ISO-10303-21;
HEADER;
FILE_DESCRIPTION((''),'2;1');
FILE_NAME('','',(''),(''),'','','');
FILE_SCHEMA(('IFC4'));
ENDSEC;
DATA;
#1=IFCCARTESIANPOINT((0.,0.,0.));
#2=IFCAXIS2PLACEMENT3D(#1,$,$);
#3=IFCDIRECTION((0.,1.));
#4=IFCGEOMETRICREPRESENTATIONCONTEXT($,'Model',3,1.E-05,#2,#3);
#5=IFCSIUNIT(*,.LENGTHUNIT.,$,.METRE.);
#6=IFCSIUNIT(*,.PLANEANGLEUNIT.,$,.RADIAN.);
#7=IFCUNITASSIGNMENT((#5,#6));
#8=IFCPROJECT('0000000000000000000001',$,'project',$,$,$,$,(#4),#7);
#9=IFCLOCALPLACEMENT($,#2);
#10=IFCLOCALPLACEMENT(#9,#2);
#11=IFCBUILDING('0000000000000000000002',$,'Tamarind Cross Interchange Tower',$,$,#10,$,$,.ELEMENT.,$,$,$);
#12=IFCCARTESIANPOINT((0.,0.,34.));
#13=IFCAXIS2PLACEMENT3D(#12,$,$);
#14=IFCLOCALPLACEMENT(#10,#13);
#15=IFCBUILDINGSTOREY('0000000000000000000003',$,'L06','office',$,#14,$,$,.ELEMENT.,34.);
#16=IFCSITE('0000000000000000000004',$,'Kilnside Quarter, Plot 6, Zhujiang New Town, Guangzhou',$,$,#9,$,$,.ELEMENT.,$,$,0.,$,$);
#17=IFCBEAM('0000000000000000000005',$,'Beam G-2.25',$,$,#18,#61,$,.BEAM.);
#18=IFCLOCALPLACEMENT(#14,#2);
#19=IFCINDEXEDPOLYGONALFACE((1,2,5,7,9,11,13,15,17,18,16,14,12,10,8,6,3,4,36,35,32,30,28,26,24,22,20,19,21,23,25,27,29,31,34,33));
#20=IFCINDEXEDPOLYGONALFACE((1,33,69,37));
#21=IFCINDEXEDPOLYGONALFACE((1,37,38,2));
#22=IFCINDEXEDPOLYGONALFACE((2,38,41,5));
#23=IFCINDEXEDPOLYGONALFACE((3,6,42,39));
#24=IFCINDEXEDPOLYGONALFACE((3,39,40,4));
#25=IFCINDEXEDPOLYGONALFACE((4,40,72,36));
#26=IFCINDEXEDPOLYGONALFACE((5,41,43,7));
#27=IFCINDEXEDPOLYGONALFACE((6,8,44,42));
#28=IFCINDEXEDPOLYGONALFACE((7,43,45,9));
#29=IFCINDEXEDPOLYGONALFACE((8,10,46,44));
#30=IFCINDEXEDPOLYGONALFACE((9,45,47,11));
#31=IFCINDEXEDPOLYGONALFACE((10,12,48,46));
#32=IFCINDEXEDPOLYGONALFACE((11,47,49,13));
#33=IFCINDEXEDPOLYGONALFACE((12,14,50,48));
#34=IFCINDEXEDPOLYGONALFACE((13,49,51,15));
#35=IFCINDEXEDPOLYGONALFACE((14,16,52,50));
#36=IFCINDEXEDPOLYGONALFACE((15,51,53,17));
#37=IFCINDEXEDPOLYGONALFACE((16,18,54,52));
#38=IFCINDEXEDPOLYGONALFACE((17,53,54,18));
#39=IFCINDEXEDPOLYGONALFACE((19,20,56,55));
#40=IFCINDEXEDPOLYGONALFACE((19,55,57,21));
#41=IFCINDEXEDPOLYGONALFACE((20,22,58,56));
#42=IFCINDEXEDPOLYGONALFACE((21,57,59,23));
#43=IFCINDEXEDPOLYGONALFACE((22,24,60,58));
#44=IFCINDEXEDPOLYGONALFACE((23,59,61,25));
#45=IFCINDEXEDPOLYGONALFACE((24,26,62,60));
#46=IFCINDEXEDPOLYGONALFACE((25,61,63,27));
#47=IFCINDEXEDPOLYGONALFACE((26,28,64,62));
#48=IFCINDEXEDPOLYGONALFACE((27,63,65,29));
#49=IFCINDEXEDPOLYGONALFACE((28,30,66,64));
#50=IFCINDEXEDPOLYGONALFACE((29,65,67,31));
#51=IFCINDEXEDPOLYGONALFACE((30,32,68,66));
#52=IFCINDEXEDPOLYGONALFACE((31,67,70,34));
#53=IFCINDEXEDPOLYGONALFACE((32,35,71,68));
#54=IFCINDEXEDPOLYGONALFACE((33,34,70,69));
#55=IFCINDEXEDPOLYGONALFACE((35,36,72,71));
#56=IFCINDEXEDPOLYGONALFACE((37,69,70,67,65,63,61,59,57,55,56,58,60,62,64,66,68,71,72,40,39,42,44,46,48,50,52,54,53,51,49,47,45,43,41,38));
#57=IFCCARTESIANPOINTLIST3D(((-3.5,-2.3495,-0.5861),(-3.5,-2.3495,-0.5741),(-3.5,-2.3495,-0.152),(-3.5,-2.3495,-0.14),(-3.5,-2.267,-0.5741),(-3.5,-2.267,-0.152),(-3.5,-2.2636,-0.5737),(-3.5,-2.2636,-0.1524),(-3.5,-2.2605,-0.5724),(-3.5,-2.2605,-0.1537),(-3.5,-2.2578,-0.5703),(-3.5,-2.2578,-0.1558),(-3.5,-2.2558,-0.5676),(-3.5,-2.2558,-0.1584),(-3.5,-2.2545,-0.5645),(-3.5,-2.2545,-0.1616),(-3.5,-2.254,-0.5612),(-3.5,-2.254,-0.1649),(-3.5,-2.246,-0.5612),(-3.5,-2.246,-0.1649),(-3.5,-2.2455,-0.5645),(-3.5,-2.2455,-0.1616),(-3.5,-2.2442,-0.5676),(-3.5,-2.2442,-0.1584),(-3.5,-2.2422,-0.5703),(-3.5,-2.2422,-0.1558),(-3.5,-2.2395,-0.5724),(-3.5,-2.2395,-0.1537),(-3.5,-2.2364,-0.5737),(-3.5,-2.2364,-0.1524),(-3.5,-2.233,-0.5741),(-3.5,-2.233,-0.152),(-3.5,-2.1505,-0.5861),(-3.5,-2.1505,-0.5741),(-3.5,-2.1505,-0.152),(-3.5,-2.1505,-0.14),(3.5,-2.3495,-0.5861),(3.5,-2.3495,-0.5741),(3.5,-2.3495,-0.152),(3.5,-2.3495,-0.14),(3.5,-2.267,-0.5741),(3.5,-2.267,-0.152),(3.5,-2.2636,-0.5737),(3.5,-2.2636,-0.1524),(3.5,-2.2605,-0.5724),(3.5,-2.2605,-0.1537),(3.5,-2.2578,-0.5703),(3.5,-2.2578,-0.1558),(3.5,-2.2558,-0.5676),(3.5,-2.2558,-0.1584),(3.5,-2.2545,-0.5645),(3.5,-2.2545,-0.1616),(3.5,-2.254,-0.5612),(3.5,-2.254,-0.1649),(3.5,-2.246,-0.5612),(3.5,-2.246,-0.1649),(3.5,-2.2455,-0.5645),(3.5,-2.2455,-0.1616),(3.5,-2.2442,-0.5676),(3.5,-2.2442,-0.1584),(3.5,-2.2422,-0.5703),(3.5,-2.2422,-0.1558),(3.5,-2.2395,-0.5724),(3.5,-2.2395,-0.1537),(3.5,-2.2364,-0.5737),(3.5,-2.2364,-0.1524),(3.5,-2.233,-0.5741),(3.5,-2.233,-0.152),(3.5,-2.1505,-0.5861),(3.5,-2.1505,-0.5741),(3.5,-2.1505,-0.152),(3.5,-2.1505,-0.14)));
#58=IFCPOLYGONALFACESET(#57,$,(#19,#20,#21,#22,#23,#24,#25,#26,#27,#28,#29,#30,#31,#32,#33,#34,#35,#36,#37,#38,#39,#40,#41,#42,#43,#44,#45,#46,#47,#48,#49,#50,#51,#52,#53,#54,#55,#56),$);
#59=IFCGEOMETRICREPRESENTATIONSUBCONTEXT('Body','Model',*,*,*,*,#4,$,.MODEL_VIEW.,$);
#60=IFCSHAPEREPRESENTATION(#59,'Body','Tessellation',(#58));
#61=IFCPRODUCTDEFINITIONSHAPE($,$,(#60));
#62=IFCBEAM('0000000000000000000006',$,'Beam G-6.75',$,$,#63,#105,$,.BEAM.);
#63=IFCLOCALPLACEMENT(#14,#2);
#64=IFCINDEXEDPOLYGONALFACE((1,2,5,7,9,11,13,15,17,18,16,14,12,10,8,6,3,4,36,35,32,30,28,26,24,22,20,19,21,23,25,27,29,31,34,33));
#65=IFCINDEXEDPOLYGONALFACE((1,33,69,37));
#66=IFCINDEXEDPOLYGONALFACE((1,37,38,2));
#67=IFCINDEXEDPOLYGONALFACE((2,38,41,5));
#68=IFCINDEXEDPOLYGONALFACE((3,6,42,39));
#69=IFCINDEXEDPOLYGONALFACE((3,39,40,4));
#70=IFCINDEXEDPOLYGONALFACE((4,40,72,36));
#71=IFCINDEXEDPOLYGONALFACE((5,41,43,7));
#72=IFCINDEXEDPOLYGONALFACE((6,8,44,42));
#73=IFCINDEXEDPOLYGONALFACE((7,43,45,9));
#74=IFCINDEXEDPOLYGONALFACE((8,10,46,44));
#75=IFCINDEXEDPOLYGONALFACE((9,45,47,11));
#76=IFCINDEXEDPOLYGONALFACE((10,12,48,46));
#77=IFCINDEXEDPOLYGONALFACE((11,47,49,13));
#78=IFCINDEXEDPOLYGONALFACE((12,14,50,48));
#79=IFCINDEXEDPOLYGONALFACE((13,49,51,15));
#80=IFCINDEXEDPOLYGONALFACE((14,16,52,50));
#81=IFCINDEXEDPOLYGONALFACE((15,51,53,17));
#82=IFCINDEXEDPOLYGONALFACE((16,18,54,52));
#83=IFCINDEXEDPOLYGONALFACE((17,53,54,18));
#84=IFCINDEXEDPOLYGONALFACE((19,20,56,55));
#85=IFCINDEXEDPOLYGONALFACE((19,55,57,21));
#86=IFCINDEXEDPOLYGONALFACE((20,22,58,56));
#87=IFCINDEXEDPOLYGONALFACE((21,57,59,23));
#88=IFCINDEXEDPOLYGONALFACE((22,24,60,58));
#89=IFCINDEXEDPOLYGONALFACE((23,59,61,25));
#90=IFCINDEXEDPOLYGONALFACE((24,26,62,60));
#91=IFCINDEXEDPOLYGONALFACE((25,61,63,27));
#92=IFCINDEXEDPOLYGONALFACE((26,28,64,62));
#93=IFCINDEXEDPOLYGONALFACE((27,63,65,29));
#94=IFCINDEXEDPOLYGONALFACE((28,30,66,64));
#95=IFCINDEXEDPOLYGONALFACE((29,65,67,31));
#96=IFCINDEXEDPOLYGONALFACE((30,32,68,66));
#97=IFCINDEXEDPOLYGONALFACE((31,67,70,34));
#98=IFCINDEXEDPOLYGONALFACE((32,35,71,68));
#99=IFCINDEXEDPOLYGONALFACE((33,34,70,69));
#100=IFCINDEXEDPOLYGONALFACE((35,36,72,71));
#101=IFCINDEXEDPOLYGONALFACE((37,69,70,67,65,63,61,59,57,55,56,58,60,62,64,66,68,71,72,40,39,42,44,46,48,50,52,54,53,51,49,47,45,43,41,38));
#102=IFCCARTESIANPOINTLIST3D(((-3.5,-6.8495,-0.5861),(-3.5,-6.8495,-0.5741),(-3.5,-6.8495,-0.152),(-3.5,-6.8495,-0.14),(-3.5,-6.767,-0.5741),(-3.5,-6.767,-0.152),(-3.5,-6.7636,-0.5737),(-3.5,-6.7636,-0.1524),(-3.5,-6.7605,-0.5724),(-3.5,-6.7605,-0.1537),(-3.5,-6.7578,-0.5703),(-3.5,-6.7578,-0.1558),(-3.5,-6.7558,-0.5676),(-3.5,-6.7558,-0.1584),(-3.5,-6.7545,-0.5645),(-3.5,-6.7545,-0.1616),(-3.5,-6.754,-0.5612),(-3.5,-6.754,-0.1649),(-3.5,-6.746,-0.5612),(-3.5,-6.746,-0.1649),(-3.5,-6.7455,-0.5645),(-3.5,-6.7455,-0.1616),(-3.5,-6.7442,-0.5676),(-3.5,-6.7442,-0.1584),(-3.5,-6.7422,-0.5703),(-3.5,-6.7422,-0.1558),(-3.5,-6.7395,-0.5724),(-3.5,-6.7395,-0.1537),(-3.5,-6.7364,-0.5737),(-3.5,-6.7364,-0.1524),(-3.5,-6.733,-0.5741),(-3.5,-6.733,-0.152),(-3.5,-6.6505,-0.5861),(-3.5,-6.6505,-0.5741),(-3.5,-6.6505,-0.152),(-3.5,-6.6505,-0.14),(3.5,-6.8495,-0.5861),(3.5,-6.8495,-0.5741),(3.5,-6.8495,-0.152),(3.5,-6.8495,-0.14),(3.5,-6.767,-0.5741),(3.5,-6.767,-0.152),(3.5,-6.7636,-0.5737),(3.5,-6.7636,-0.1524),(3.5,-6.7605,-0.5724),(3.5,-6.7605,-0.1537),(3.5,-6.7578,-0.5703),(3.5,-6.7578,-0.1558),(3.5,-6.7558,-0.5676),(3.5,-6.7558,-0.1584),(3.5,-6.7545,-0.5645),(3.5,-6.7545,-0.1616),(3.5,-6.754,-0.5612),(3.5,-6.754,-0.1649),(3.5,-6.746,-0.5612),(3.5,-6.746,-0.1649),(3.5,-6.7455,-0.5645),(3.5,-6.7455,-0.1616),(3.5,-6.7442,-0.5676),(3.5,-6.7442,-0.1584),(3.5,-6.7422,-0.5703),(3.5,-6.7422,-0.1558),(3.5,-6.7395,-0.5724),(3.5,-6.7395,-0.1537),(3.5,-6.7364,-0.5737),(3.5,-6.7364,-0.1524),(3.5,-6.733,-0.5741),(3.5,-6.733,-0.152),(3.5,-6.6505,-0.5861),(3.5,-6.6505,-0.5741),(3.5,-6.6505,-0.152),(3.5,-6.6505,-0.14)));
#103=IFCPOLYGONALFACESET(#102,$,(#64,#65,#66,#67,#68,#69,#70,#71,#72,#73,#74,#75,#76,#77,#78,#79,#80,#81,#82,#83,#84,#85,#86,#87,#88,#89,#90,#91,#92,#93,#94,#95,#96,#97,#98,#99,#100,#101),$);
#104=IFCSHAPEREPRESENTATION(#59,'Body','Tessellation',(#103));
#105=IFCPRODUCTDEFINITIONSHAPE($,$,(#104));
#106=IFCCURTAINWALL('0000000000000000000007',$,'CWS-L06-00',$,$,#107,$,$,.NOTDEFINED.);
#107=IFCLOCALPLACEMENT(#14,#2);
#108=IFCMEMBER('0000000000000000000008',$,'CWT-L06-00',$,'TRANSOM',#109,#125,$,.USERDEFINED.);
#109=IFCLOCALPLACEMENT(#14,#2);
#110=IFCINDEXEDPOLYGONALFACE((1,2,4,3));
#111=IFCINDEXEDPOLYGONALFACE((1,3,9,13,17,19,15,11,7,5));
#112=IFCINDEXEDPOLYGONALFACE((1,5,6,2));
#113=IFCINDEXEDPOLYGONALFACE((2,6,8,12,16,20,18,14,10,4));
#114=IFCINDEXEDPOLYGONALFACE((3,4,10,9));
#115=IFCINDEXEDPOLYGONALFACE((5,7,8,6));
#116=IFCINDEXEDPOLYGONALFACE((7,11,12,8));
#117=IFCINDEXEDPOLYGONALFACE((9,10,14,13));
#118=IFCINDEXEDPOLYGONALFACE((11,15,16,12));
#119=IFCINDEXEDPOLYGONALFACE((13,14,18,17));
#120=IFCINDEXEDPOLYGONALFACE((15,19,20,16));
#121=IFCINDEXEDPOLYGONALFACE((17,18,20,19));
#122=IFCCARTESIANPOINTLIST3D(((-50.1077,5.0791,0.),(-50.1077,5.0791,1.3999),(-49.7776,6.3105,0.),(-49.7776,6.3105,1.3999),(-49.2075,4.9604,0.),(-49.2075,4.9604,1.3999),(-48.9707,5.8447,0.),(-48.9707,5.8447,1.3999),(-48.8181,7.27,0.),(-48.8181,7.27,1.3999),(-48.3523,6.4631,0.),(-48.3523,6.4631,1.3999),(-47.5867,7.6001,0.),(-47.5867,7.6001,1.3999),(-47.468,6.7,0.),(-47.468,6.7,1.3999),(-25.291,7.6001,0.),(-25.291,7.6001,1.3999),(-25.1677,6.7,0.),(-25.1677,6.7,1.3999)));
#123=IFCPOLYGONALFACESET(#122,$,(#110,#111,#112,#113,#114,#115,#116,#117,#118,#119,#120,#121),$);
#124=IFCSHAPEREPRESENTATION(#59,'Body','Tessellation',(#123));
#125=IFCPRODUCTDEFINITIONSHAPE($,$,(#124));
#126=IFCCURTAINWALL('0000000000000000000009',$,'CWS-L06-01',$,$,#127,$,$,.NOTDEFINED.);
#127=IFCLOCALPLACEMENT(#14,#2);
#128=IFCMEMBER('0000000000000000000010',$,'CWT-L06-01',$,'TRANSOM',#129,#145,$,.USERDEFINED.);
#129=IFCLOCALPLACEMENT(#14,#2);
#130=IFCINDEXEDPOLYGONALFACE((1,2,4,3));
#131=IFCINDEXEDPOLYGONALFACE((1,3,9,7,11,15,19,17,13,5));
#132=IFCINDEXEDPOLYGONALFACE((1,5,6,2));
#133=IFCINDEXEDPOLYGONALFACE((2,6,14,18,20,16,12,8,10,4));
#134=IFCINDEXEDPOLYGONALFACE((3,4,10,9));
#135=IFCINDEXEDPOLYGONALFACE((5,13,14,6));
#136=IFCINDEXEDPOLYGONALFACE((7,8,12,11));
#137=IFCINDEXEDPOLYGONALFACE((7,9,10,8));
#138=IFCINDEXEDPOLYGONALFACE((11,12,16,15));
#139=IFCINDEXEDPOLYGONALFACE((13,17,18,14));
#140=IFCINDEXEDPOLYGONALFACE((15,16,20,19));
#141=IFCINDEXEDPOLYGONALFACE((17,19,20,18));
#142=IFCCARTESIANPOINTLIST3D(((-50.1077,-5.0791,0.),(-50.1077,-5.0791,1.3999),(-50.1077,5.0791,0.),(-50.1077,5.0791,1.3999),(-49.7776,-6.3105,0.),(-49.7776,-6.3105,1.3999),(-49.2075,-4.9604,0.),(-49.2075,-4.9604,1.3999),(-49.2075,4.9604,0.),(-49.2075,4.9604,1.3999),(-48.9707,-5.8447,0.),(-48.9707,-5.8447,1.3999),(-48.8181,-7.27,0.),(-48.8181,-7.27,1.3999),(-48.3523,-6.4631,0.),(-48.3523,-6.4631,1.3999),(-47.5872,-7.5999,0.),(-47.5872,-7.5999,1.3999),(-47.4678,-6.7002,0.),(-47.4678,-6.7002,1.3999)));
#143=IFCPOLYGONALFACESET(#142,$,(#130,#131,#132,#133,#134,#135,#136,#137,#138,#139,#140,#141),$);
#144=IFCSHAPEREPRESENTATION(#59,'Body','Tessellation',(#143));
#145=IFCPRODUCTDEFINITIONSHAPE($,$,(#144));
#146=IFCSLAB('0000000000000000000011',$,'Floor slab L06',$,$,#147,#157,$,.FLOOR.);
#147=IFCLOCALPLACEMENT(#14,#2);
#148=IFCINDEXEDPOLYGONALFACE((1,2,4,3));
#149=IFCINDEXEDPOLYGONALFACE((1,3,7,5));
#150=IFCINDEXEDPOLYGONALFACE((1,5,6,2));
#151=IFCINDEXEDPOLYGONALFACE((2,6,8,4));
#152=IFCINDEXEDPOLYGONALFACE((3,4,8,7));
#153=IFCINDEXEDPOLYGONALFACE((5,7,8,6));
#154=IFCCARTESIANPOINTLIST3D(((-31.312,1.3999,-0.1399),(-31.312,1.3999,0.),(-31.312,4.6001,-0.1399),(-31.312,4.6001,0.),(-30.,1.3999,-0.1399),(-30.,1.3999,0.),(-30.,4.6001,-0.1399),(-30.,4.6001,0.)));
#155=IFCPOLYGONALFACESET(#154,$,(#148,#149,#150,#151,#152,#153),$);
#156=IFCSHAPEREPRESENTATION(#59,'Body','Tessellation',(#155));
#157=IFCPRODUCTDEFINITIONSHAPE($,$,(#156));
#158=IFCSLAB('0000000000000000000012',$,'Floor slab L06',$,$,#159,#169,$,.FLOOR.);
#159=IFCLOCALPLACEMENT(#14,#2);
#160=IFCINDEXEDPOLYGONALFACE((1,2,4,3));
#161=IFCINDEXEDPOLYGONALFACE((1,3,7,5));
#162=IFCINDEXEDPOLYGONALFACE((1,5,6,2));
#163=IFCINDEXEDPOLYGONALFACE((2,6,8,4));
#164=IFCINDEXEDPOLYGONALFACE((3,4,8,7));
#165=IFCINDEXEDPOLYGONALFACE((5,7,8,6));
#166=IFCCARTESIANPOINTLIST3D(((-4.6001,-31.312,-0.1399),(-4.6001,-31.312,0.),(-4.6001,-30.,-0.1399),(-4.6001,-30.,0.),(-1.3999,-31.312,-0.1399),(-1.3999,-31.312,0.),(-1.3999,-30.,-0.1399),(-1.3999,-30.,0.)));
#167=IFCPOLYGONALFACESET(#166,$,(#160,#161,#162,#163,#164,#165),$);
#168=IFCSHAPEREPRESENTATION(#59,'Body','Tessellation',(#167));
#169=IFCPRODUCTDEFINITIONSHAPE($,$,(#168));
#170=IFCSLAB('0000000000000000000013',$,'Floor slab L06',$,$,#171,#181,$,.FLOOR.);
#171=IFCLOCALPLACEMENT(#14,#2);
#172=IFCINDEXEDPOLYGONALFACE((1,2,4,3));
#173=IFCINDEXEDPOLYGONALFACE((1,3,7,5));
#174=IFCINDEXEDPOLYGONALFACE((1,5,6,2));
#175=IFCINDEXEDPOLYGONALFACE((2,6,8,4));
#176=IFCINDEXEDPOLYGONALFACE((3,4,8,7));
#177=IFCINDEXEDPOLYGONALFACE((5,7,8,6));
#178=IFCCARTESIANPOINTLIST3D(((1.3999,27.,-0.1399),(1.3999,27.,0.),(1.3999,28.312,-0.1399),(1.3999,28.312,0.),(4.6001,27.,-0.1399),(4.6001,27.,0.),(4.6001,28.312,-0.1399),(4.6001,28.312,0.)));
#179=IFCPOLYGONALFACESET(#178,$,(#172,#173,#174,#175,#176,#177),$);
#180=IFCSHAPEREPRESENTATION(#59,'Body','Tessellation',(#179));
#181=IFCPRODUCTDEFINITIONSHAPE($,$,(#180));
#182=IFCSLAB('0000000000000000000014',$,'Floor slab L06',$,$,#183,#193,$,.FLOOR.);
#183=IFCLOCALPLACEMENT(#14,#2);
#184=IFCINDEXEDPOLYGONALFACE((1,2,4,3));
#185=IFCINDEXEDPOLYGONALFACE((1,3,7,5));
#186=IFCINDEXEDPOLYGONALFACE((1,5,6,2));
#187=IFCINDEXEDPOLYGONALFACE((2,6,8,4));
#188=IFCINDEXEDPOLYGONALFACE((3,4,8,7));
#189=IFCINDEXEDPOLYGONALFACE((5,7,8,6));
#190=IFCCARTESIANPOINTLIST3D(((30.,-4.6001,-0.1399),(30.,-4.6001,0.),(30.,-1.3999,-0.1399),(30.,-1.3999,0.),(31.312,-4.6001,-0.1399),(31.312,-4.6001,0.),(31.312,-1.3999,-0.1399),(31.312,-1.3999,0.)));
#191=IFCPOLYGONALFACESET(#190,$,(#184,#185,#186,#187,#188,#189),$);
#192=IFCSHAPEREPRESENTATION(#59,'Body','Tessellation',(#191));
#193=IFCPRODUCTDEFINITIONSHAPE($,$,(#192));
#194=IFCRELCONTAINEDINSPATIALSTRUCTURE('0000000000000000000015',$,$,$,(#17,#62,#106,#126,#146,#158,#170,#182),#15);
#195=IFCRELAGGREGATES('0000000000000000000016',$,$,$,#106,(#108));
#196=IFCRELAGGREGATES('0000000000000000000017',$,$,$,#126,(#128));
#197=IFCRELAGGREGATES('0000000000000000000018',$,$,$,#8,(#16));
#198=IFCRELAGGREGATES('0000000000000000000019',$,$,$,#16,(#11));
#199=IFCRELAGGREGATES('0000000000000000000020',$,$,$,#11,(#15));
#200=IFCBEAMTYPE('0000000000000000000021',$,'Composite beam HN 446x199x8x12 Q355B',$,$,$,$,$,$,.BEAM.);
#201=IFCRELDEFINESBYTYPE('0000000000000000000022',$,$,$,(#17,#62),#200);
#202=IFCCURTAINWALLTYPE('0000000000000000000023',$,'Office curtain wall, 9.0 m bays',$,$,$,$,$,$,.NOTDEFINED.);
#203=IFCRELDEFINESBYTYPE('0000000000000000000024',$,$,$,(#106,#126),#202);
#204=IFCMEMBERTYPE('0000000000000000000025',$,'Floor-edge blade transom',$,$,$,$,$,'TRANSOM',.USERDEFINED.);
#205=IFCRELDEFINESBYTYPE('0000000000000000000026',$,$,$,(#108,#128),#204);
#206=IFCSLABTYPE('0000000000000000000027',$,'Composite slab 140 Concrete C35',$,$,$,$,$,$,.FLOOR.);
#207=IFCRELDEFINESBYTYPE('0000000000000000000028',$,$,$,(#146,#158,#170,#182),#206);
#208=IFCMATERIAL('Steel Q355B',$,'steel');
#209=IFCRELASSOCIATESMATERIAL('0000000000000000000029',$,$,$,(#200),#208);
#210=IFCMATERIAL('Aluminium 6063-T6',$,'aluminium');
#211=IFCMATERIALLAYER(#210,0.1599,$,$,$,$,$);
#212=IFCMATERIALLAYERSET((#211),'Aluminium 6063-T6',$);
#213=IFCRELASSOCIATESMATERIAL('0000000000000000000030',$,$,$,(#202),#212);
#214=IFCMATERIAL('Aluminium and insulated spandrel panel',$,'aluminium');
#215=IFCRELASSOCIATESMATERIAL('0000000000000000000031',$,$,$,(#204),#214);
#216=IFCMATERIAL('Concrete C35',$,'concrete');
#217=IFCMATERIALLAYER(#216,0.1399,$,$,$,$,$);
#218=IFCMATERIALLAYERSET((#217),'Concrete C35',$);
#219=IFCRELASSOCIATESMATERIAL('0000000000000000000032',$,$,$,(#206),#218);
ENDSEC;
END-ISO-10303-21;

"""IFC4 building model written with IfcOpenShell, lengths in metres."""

from ifc_helpers import new_model, si_unit, direction, frame, origin, origin_2d, place, context, subcontext, project, spatial, polyline, i_section, outline, extrude, material, layer, layer_set, material_profile, profile_set, type_object, element, aggregate, save


model = new_model("IFC4")

# Units and contexts
model_context = context("Model", 3, precision=1e-05, world=origin(), true_north=direction((0.0, 1.0)))
body_context = subcontext(model_context, "Body", "Model", "MODEL_VIEW")
ifc_project = project(units=[si_unit("LENGTHUNIT", "METRE"), si_unit("PLANEANGLEUNIT", "RADIAN")], contexts=[model_context])

# Site, building, storey
site_placement = place(None, origin())
site = spatial("IfcSite", under=ifc_project, at=site_placement, Name="Kilnside Quarter, Plot 6, Zhujiang New Town, Guangzhou", CompositionType="ELEMENT", RefElevation=0.0)
building_placement = place(site_placement, origin())
building = spatial("IfcBuilding", under=site, at=building_placement, Name="Tamarind Cross Interchange Tower", CompositionType="ELEMENT")
storey_placement = place(building_placement, frame((0.0, 0.0, 34.0)))
storey = spatial("IfcBuildingStorey", under=building, at=storey_placement, Name="L06", Description="office", CompositionType="ELEMENT", Elevation=34.0)

# Beams
ifc_material_1 = material(Name="Steel Q355B", Category="steel")
ifc_material_profile = material_profile(ifc_material_1, i_section(OverallWidth=0.199, OverallDepth=0.446, WebThickness=0.0081, FlangeThickness=0.012, FilletRadius=0.0129, at=origin_2d()), Name="HN 446x199x8x12")
ifc_profile_set = profile_set([ifc_material_profile], Name="Steel Q355B")
beam_type = type_object("IfcBeamType", Name="Composite beam HN 446x199x8x12 Q355B", PredefinedType="BEAM", material=ifc_profile_set)
for number, where, z_axis, x_axis, name in (
    (1, (-3.5, -2.25, -0.363), (1.0, 0.0, 0.0), (0.0, 1.0, 0.0), "Beam G-2.25"),
    (2, (-3.5, -6.75, -0.363), (1.0, 0.0, 0.0), (0.0, 1.0, 0.0), "Beam G-6.75"),
):
    element("IfcBeam", number, at=place(storey_placement, frame(where, z_axis=z_axis, x_axis=x_axis)), inside=storey, type_object=beam_type, Name=name, PredefinedType="BEAM", context=body_context, shape_type="SweptSolid", body=[
        extrude(i_section(OverallWidth=0.199, OverallDepth=0.446, WebThickness=0.0081, FlangeThickness=0.012, FilletRadius=0.0129, at=origin_2d()), origin(), (0.0, 0.0, 1.0), 7.0),
    ])

# Curtain walls, members
ifc_material_2 = material(Name="Aluminium 6063-T6", Category="aluminium")
ifc_layer_1 = layer(ifc_material_2, 0.1599)
ifc_layer_set_1 = layer_set([ifc_layer_1], Name="Aluminium 6063-T6")
curtain_wall_type = type_object("IfcCurtainWallType", Name="Office curtain wall, 9.0 m bays", PredefinedType="NOTDEFINED", material=ifc_layer_set_1)
curtain_wall_1_placement = place(storey_placement, origin())
curtain_wall_1 = element("IfcCurtainWall", 3, at=curtain_wall_1_placement, inside=storey, type_object=curtain_wall_type, Name="CWS-L06-00", PredefinedType="NOTDEFINED")
ifc_material_3 = material(Name="Aluminium and insulated spandrel panel", Category="aluminium")
member_type = type_object("IfcMemberType", Name="Floor-edge blade transom", ElementType="TRANSOM", PredefinedType="USERDEFINED", material=ifc_material_3)
member_1_placement = place(storey_placement, origin())
member_1 = element("IfcMember", 4, at=member_1_placement, type_object=member_type, Name="CWT-L06-00", ObjectType="TRANSOM", PredefinedType="USERDEFINED", context=body_context, shape_type="SweptSolid", body=[
    extrude(outline(polyline([(-25.1677, 6.7), (-47.468, 6.7), (-48.3523, 6.4631), (-48.9707, 5.8447), (-49.2075, 4.9604), (-50.1077, 5.0791), (-49.7776, 6.3105), (-48.8181, 7.27), (-47.5867, 7.6001), (-25.291, 7.6001), (-25.1677, 6.7)])), origin(), (0.0, 0.0, 1.0), 1.3999),
])
curtain_wall_2_placement = place(storey_placement, origin())
curtain_wall_2 = element("IfcCurtainWall", 5, at=curtain_wall_2_placement, inside=storey, type_object=curtain_wall_type, Name="CWS-L06-01", PredefinedType="NOTDEFINED")
member_2_placement = place(storey_placement, origin())
member_2 = element("IfcMember", 6, at=member_2_placement, type_object=member_type, Name="CWT-L06-01", ObjectType="TRANSOM", PredefinedType="USERDEFINED", context=body_context, shape_type="SweptSolid", body=[
    extrude(outline(polyline([(-49.2075, 4.9604), (-49.2075, -4.9604), (-48.9707, -5.8447), (-48.3523, -6.4631), (-47.4678, -6.7002), (-47.5872, -7.5999), (-48.8181, -7.27), (-49.7776, -6.3105), (-50.1077, -5.0791), (-50.1077, 5.0791), (-49.2075, 4.9604)])), origin(), (0.0, 0.0, 1.0), 1.3999),
])

# Slabs
ifc_material_4 = material(Name="Concrete C35", Category="concrete")
ifc_layer_2 = layer(ifc_material_4, 0.1399)
ifc_layer_set_2 = layer_set([ifc_layer_2], Name="Concrete C35")
slab_type = type_object("IfcSlabType", Name="Composite slab 140 Concrete C35", PredefinedType="FLOOR", material=ifc_layer_set_2)
slab_1_placement = place(storey_placement, frame((0.0, 0.0, -0.1399)))
element("IfcSlab", 7, at=slab_1_placement, inside=storey, type_object=slab_type, Name="Floor slab L06", PredefinedType="FLOOR", context=body_context, shape_type="SweptSolid", body=[
    extrude(outline(polyline([(-30.0, 1.3999), (-30.0, 4.6001), (-31.312, 4.6001), (-31.312, 1.3999), (-30.0, 1.3999)])), origin(), (0.0, 0.0, 1.0), 0.1399),
])
slab_2_placement = place(storey_placement, frame((0.0, 0.0, -0.1399)))
element("IfcSlab", 8, at=slab_2_placement, inside=storey, type_object=slab_type, Name="Floor slab L06", PredefinedType="FLOOR", context=body_context, shape_type="SweptSolid", body=[
    extrude(outline(polyline([(-4.6001, -31.312), (-1.3999, -31.312), (-1.3999, -30.0), (-4.6001, -30.0), (-4.6001, -31.312)])), origin(), (0.0, 0.0, 1.0), 0.1399),
])
slab_3_placement = place(storey_placement, frame((0.0, 0.0, -0.1399)))
element("IfcSlab", 9, at=slab_3_placement, inside=storey, type_object=slab_type, Name="Floor slab L06", PredefinedType="FLOOR", context=body_context, shape_type="SweptSolid", body=[
    extrude(outline(polyline([(1.3999, 27.0), (4.6001, 27.0), (4.6001, 28.312), (1.3999, 28.312), (1.3999, 27.0)])), origin(), (0.0, 0.0, 1.0), 0.1399),
])
slab_4_placement = place(storey_placement, frame((0.0, 0.0, -0.1399)))
element("IfcSlab", 10, at=slab_4_placement, inside=storey, type_object=slab_type, Name="Floor slab L06", PredefinedType="FLOOR", context=body_context, shape_type="SweptSolid", body=[
    extrude(outline(polyline([(30.0, -4.6001), (31.312, -4.6001), (31.312, -1.3999), (30.0, -1.3999), (30.0, -4.6001)])), origin(), (0.0, 0.0, 1.0), 0.1399),
])

aggregate(curtain_wall_1, [member_1])
aggregate(curtain_wall_2, [member_2])

save(model, "model.ifc")
